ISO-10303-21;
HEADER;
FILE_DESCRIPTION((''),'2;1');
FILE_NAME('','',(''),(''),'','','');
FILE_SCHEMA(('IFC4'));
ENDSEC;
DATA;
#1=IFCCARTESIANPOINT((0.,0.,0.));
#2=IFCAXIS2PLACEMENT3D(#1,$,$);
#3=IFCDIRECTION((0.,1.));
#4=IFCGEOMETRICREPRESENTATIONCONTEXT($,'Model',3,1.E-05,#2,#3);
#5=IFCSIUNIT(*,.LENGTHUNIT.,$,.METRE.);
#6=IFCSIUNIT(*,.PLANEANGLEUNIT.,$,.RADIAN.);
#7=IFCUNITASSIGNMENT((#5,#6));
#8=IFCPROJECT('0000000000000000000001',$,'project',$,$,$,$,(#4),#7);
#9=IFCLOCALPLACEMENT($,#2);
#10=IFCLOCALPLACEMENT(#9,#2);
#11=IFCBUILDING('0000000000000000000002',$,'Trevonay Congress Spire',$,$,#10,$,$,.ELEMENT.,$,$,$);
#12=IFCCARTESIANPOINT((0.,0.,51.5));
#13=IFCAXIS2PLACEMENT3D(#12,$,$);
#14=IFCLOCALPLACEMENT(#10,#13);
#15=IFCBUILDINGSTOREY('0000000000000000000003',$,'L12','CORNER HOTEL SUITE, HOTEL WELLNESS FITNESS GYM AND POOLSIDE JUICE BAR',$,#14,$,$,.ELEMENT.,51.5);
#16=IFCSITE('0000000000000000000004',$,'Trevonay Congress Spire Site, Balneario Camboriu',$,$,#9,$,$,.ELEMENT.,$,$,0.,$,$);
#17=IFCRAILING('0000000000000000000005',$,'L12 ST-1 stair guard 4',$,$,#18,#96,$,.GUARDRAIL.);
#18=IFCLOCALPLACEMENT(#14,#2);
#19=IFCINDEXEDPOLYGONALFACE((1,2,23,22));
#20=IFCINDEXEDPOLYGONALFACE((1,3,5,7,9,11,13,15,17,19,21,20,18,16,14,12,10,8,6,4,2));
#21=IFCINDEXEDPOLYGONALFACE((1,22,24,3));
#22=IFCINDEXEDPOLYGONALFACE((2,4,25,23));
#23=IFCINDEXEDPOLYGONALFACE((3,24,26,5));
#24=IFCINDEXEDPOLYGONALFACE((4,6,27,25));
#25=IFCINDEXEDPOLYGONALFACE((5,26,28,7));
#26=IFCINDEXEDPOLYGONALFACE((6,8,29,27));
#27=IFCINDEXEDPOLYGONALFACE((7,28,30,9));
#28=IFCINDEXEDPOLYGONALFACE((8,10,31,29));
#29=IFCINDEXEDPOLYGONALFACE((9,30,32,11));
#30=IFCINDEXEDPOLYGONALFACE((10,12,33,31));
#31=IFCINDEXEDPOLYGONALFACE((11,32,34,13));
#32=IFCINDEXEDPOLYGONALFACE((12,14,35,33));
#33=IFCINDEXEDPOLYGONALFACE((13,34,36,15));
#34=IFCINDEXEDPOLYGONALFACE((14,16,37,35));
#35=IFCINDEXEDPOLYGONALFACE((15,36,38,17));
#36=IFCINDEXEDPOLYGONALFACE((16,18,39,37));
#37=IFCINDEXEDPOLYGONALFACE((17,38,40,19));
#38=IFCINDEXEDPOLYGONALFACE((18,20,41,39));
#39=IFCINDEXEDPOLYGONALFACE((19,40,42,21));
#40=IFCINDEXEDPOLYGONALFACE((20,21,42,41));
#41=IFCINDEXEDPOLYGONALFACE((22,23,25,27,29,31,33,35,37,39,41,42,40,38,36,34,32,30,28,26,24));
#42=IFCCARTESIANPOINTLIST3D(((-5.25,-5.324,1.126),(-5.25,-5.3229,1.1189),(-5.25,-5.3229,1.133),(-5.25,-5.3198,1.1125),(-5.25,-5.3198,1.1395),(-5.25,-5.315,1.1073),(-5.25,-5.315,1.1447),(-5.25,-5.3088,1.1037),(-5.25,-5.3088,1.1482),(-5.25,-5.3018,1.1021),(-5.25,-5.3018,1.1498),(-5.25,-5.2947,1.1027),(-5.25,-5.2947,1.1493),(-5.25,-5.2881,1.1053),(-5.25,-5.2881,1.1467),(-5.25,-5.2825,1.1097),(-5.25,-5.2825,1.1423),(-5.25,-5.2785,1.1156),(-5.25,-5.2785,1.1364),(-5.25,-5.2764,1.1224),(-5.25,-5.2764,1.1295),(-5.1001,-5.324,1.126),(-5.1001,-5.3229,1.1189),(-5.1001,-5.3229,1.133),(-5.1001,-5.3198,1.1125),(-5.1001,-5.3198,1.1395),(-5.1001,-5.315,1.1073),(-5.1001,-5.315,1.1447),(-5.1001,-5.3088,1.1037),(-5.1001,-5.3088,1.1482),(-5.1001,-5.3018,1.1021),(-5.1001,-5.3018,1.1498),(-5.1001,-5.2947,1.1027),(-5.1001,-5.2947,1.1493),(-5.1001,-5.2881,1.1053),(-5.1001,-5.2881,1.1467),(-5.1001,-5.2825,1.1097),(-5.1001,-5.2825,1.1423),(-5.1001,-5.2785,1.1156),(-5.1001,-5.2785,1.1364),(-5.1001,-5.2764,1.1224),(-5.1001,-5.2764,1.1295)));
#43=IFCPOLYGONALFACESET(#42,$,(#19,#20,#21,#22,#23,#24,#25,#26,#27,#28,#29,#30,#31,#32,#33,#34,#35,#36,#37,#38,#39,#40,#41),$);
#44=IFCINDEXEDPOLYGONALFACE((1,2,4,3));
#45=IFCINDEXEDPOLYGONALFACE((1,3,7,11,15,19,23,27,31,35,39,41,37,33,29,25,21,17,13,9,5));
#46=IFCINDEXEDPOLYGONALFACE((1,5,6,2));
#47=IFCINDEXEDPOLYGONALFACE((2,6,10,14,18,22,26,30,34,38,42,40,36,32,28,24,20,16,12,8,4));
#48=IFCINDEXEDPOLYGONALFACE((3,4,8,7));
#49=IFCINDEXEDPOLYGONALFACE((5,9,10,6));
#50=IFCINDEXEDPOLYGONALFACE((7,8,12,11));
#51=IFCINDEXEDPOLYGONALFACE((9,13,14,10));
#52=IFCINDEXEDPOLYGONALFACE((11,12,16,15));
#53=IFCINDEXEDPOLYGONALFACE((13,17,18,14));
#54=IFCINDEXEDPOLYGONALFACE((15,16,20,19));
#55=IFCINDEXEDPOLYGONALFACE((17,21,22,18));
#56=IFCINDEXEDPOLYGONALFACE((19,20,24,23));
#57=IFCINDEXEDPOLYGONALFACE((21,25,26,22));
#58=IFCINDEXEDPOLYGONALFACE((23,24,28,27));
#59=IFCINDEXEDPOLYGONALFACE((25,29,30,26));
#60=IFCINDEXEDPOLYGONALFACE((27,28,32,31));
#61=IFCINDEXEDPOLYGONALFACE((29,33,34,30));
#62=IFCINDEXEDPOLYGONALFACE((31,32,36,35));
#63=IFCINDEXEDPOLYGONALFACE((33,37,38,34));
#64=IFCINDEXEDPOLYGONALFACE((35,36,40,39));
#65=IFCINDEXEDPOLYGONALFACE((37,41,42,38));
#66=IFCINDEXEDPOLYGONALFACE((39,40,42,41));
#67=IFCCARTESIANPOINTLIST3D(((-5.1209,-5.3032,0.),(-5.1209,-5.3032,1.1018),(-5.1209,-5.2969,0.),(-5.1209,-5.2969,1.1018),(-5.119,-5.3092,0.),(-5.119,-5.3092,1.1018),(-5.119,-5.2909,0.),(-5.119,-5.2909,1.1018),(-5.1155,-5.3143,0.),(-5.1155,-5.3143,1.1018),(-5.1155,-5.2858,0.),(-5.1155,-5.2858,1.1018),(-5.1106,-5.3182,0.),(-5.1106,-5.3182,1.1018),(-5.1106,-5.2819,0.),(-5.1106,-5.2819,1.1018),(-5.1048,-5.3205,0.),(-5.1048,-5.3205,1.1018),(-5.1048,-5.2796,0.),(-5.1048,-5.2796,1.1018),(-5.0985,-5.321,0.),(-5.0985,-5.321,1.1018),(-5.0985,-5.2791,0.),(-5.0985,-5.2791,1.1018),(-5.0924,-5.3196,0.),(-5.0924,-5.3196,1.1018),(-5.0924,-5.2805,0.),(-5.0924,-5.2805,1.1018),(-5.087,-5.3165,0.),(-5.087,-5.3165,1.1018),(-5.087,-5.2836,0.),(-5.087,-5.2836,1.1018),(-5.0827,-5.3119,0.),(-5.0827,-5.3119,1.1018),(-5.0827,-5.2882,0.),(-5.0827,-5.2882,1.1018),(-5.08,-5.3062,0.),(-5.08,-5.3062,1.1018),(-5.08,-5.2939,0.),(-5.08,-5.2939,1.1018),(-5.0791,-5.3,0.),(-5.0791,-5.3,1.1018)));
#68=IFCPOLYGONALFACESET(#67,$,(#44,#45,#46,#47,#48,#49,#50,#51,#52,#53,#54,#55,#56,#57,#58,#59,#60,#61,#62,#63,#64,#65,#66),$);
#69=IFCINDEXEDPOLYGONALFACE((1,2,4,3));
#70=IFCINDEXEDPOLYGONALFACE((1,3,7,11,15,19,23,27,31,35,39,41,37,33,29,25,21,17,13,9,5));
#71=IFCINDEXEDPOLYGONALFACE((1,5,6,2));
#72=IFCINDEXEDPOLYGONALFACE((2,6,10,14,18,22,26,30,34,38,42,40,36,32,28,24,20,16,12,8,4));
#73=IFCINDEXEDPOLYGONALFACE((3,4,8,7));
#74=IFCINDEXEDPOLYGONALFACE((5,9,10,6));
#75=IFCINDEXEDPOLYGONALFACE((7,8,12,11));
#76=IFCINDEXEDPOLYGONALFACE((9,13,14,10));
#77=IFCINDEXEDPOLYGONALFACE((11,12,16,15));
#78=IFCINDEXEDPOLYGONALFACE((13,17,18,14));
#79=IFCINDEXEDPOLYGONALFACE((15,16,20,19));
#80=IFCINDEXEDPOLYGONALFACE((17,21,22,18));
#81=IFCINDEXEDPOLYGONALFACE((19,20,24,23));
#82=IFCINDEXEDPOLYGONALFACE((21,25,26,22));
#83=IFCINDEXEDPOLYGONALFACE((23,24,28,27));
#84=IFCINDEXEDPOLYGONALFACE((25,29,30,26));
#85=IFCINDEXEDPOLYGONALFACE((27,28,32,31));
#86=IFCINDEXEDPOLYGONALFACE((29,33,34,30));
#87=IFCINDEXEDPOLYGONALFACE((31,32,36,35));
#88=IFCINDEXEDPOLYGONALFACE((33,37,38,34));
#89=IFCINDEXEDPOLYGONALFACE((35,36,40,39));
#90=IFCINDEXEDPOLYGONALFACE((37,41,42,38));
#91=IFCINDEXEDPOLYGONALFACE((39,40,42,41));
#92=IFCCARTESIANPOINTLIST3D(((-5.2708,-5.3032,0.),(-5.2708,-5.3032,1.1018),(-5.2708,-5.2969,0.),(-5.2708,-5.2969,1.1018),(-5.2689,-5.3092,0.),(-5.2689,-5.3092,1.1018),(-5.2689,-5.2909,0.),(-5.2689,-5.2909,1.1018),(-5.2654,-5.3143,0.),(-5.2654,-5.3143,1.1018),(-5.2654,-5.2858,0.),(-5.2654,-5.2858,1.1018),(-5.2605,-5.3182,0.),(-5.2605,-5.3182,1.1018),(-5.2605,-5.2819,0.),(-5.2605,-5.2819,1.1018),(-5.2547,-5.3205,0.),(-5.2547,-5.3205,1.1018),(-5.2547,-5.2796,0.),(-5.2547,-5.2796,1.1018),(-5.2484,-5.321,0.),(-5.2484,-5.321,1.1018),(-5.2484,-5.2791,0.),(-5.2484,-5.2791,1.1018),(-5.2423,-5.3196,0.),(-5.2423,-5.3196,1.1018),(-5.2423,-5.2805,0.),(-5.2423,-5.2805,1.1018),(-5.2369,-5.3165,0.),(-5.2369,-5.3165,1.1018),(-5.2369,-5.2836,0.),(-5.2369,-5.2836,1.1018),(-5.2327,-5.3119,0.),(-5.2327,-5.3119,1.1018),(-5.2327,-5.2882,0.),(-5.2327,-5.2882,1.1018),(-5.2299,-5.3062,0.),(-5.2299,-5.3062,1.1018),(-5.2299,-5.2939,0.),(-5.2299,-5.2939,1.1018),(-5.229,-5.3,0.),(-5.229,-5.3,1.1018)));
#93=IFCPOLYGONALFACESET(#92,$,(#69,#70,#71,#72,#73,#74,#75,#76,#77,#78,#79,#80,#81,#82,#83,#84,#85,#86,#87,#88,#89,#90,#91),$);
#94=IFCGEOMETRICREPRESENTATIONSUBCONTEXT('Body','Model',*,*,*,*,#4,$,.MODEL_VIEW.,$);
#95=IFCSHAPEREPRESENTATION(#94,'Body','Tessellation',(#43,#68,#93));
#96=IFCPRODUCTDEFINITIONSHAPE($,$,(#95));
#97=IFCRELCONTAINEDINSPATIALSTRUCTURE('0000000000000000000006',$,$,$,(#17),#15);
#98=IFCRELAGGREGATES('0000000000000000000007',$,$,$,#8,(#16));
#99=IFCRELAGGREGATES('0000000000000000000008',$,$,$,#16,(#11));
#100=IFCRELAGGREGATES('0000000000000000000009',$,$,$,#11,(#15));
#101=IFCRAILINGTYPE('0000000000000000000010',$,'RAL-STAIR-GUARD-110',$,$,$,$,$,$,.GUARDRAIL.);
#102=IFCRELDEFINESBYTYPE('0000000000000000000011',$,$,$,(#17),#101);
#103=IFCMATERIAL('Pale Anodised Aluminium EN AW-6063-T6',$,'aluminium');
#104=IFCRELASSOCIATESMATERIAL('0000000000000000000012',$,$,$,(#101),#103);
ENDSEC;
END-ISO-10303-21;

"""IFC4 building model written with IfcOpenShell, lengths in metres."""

from ifc_helpers import new_model, si_unit, direction, frame, origin, origin_2d, place, context, subcontext, project, spatial, circle, extrude, material, type_object, element, save


model = new_model("IFC4")

# Units and contexts
model_context = context("Model", 3, precision=1e-05, world=origin(), true_north=direction((0.0, 1.0)))
body_context = subcontext(model_context, "Body", "Model", "MODEL_VIEW")
ifc_project = project(units=[si_unit("LENGTHUNIT", "METRE"), si_unit("PLANEANGLEUNIT", "RADIAN")], contexts=[model_context])

# Site, building, storey
site_placement = place(None, origin())
site = spatial("IfcSite", under=ifc_project, at=site_placement, Name="Trevonay Congress Spire Site, Balneario Camboriu", CompositionType="ELEMENT", RefElevation=0.0)
building_placement = place(site_placement, origin())
building = spatial("IfcBuilding", under=site, at=building_placement, Name="Trevonay Congress Spire", CompositionType="ELEMENT")
storey_placement = place(building_placement, frame((0.0, 0.0, 51.5)))
storey = spatial("IfcBuildingStorey", under=building, at=storey_placement, Name="L12", Description="CORNER HOTEL SUITE, HOTEL WELLNESS FITNESS GYM AND POOLSIDE JUICE BAR", CompositionType="ELEMENT", Elevation=51.5)

# Shared definitions
ifc_material_1 = material(Name="Pale Anodised Aluminium EN AW-6063-T6", Category="aluminium")

# Railing
railing_type_1 = type_object("IfcRailingType", Name="RAL-STAIR-GUARD-110", PredefinedType="GUARDRAIL", material=ifc_material_1)
railing_1_placement = place(storey_placement, frame((-5.1001, -5.3, 0.0)))
element("IfcRailing", 1, at=railing_1_placement, inside=storey, type_object=railing_type_1, Name="L12 ST-1 stair guard 4", PredefinedType="GUARDRAIL", context=body_context, shape_type="SweptSolid", body=[
    extrude(circle(Radius=0.0239, at=origin_2d()), frame((0.0, 0.0, 1.126), z_axis=(-1.0, 0.0, 0.0), x_axis=(0.0, -1.0, 0.0)), (0.0, 0.0, 1.0), 0.1499),
    extrude(circle(Radius=0.021, at=origin_2d()), origin(), (0.0, 0.0, 1.0), 1.1018),
    extrude(circle(Radius=0.021, at=origin_2d()), frame((-0.1499, 0.0, 0.0)), (0.0, 0.0, 1.0), 1.1018),
])

save(model, "model.ifc")
